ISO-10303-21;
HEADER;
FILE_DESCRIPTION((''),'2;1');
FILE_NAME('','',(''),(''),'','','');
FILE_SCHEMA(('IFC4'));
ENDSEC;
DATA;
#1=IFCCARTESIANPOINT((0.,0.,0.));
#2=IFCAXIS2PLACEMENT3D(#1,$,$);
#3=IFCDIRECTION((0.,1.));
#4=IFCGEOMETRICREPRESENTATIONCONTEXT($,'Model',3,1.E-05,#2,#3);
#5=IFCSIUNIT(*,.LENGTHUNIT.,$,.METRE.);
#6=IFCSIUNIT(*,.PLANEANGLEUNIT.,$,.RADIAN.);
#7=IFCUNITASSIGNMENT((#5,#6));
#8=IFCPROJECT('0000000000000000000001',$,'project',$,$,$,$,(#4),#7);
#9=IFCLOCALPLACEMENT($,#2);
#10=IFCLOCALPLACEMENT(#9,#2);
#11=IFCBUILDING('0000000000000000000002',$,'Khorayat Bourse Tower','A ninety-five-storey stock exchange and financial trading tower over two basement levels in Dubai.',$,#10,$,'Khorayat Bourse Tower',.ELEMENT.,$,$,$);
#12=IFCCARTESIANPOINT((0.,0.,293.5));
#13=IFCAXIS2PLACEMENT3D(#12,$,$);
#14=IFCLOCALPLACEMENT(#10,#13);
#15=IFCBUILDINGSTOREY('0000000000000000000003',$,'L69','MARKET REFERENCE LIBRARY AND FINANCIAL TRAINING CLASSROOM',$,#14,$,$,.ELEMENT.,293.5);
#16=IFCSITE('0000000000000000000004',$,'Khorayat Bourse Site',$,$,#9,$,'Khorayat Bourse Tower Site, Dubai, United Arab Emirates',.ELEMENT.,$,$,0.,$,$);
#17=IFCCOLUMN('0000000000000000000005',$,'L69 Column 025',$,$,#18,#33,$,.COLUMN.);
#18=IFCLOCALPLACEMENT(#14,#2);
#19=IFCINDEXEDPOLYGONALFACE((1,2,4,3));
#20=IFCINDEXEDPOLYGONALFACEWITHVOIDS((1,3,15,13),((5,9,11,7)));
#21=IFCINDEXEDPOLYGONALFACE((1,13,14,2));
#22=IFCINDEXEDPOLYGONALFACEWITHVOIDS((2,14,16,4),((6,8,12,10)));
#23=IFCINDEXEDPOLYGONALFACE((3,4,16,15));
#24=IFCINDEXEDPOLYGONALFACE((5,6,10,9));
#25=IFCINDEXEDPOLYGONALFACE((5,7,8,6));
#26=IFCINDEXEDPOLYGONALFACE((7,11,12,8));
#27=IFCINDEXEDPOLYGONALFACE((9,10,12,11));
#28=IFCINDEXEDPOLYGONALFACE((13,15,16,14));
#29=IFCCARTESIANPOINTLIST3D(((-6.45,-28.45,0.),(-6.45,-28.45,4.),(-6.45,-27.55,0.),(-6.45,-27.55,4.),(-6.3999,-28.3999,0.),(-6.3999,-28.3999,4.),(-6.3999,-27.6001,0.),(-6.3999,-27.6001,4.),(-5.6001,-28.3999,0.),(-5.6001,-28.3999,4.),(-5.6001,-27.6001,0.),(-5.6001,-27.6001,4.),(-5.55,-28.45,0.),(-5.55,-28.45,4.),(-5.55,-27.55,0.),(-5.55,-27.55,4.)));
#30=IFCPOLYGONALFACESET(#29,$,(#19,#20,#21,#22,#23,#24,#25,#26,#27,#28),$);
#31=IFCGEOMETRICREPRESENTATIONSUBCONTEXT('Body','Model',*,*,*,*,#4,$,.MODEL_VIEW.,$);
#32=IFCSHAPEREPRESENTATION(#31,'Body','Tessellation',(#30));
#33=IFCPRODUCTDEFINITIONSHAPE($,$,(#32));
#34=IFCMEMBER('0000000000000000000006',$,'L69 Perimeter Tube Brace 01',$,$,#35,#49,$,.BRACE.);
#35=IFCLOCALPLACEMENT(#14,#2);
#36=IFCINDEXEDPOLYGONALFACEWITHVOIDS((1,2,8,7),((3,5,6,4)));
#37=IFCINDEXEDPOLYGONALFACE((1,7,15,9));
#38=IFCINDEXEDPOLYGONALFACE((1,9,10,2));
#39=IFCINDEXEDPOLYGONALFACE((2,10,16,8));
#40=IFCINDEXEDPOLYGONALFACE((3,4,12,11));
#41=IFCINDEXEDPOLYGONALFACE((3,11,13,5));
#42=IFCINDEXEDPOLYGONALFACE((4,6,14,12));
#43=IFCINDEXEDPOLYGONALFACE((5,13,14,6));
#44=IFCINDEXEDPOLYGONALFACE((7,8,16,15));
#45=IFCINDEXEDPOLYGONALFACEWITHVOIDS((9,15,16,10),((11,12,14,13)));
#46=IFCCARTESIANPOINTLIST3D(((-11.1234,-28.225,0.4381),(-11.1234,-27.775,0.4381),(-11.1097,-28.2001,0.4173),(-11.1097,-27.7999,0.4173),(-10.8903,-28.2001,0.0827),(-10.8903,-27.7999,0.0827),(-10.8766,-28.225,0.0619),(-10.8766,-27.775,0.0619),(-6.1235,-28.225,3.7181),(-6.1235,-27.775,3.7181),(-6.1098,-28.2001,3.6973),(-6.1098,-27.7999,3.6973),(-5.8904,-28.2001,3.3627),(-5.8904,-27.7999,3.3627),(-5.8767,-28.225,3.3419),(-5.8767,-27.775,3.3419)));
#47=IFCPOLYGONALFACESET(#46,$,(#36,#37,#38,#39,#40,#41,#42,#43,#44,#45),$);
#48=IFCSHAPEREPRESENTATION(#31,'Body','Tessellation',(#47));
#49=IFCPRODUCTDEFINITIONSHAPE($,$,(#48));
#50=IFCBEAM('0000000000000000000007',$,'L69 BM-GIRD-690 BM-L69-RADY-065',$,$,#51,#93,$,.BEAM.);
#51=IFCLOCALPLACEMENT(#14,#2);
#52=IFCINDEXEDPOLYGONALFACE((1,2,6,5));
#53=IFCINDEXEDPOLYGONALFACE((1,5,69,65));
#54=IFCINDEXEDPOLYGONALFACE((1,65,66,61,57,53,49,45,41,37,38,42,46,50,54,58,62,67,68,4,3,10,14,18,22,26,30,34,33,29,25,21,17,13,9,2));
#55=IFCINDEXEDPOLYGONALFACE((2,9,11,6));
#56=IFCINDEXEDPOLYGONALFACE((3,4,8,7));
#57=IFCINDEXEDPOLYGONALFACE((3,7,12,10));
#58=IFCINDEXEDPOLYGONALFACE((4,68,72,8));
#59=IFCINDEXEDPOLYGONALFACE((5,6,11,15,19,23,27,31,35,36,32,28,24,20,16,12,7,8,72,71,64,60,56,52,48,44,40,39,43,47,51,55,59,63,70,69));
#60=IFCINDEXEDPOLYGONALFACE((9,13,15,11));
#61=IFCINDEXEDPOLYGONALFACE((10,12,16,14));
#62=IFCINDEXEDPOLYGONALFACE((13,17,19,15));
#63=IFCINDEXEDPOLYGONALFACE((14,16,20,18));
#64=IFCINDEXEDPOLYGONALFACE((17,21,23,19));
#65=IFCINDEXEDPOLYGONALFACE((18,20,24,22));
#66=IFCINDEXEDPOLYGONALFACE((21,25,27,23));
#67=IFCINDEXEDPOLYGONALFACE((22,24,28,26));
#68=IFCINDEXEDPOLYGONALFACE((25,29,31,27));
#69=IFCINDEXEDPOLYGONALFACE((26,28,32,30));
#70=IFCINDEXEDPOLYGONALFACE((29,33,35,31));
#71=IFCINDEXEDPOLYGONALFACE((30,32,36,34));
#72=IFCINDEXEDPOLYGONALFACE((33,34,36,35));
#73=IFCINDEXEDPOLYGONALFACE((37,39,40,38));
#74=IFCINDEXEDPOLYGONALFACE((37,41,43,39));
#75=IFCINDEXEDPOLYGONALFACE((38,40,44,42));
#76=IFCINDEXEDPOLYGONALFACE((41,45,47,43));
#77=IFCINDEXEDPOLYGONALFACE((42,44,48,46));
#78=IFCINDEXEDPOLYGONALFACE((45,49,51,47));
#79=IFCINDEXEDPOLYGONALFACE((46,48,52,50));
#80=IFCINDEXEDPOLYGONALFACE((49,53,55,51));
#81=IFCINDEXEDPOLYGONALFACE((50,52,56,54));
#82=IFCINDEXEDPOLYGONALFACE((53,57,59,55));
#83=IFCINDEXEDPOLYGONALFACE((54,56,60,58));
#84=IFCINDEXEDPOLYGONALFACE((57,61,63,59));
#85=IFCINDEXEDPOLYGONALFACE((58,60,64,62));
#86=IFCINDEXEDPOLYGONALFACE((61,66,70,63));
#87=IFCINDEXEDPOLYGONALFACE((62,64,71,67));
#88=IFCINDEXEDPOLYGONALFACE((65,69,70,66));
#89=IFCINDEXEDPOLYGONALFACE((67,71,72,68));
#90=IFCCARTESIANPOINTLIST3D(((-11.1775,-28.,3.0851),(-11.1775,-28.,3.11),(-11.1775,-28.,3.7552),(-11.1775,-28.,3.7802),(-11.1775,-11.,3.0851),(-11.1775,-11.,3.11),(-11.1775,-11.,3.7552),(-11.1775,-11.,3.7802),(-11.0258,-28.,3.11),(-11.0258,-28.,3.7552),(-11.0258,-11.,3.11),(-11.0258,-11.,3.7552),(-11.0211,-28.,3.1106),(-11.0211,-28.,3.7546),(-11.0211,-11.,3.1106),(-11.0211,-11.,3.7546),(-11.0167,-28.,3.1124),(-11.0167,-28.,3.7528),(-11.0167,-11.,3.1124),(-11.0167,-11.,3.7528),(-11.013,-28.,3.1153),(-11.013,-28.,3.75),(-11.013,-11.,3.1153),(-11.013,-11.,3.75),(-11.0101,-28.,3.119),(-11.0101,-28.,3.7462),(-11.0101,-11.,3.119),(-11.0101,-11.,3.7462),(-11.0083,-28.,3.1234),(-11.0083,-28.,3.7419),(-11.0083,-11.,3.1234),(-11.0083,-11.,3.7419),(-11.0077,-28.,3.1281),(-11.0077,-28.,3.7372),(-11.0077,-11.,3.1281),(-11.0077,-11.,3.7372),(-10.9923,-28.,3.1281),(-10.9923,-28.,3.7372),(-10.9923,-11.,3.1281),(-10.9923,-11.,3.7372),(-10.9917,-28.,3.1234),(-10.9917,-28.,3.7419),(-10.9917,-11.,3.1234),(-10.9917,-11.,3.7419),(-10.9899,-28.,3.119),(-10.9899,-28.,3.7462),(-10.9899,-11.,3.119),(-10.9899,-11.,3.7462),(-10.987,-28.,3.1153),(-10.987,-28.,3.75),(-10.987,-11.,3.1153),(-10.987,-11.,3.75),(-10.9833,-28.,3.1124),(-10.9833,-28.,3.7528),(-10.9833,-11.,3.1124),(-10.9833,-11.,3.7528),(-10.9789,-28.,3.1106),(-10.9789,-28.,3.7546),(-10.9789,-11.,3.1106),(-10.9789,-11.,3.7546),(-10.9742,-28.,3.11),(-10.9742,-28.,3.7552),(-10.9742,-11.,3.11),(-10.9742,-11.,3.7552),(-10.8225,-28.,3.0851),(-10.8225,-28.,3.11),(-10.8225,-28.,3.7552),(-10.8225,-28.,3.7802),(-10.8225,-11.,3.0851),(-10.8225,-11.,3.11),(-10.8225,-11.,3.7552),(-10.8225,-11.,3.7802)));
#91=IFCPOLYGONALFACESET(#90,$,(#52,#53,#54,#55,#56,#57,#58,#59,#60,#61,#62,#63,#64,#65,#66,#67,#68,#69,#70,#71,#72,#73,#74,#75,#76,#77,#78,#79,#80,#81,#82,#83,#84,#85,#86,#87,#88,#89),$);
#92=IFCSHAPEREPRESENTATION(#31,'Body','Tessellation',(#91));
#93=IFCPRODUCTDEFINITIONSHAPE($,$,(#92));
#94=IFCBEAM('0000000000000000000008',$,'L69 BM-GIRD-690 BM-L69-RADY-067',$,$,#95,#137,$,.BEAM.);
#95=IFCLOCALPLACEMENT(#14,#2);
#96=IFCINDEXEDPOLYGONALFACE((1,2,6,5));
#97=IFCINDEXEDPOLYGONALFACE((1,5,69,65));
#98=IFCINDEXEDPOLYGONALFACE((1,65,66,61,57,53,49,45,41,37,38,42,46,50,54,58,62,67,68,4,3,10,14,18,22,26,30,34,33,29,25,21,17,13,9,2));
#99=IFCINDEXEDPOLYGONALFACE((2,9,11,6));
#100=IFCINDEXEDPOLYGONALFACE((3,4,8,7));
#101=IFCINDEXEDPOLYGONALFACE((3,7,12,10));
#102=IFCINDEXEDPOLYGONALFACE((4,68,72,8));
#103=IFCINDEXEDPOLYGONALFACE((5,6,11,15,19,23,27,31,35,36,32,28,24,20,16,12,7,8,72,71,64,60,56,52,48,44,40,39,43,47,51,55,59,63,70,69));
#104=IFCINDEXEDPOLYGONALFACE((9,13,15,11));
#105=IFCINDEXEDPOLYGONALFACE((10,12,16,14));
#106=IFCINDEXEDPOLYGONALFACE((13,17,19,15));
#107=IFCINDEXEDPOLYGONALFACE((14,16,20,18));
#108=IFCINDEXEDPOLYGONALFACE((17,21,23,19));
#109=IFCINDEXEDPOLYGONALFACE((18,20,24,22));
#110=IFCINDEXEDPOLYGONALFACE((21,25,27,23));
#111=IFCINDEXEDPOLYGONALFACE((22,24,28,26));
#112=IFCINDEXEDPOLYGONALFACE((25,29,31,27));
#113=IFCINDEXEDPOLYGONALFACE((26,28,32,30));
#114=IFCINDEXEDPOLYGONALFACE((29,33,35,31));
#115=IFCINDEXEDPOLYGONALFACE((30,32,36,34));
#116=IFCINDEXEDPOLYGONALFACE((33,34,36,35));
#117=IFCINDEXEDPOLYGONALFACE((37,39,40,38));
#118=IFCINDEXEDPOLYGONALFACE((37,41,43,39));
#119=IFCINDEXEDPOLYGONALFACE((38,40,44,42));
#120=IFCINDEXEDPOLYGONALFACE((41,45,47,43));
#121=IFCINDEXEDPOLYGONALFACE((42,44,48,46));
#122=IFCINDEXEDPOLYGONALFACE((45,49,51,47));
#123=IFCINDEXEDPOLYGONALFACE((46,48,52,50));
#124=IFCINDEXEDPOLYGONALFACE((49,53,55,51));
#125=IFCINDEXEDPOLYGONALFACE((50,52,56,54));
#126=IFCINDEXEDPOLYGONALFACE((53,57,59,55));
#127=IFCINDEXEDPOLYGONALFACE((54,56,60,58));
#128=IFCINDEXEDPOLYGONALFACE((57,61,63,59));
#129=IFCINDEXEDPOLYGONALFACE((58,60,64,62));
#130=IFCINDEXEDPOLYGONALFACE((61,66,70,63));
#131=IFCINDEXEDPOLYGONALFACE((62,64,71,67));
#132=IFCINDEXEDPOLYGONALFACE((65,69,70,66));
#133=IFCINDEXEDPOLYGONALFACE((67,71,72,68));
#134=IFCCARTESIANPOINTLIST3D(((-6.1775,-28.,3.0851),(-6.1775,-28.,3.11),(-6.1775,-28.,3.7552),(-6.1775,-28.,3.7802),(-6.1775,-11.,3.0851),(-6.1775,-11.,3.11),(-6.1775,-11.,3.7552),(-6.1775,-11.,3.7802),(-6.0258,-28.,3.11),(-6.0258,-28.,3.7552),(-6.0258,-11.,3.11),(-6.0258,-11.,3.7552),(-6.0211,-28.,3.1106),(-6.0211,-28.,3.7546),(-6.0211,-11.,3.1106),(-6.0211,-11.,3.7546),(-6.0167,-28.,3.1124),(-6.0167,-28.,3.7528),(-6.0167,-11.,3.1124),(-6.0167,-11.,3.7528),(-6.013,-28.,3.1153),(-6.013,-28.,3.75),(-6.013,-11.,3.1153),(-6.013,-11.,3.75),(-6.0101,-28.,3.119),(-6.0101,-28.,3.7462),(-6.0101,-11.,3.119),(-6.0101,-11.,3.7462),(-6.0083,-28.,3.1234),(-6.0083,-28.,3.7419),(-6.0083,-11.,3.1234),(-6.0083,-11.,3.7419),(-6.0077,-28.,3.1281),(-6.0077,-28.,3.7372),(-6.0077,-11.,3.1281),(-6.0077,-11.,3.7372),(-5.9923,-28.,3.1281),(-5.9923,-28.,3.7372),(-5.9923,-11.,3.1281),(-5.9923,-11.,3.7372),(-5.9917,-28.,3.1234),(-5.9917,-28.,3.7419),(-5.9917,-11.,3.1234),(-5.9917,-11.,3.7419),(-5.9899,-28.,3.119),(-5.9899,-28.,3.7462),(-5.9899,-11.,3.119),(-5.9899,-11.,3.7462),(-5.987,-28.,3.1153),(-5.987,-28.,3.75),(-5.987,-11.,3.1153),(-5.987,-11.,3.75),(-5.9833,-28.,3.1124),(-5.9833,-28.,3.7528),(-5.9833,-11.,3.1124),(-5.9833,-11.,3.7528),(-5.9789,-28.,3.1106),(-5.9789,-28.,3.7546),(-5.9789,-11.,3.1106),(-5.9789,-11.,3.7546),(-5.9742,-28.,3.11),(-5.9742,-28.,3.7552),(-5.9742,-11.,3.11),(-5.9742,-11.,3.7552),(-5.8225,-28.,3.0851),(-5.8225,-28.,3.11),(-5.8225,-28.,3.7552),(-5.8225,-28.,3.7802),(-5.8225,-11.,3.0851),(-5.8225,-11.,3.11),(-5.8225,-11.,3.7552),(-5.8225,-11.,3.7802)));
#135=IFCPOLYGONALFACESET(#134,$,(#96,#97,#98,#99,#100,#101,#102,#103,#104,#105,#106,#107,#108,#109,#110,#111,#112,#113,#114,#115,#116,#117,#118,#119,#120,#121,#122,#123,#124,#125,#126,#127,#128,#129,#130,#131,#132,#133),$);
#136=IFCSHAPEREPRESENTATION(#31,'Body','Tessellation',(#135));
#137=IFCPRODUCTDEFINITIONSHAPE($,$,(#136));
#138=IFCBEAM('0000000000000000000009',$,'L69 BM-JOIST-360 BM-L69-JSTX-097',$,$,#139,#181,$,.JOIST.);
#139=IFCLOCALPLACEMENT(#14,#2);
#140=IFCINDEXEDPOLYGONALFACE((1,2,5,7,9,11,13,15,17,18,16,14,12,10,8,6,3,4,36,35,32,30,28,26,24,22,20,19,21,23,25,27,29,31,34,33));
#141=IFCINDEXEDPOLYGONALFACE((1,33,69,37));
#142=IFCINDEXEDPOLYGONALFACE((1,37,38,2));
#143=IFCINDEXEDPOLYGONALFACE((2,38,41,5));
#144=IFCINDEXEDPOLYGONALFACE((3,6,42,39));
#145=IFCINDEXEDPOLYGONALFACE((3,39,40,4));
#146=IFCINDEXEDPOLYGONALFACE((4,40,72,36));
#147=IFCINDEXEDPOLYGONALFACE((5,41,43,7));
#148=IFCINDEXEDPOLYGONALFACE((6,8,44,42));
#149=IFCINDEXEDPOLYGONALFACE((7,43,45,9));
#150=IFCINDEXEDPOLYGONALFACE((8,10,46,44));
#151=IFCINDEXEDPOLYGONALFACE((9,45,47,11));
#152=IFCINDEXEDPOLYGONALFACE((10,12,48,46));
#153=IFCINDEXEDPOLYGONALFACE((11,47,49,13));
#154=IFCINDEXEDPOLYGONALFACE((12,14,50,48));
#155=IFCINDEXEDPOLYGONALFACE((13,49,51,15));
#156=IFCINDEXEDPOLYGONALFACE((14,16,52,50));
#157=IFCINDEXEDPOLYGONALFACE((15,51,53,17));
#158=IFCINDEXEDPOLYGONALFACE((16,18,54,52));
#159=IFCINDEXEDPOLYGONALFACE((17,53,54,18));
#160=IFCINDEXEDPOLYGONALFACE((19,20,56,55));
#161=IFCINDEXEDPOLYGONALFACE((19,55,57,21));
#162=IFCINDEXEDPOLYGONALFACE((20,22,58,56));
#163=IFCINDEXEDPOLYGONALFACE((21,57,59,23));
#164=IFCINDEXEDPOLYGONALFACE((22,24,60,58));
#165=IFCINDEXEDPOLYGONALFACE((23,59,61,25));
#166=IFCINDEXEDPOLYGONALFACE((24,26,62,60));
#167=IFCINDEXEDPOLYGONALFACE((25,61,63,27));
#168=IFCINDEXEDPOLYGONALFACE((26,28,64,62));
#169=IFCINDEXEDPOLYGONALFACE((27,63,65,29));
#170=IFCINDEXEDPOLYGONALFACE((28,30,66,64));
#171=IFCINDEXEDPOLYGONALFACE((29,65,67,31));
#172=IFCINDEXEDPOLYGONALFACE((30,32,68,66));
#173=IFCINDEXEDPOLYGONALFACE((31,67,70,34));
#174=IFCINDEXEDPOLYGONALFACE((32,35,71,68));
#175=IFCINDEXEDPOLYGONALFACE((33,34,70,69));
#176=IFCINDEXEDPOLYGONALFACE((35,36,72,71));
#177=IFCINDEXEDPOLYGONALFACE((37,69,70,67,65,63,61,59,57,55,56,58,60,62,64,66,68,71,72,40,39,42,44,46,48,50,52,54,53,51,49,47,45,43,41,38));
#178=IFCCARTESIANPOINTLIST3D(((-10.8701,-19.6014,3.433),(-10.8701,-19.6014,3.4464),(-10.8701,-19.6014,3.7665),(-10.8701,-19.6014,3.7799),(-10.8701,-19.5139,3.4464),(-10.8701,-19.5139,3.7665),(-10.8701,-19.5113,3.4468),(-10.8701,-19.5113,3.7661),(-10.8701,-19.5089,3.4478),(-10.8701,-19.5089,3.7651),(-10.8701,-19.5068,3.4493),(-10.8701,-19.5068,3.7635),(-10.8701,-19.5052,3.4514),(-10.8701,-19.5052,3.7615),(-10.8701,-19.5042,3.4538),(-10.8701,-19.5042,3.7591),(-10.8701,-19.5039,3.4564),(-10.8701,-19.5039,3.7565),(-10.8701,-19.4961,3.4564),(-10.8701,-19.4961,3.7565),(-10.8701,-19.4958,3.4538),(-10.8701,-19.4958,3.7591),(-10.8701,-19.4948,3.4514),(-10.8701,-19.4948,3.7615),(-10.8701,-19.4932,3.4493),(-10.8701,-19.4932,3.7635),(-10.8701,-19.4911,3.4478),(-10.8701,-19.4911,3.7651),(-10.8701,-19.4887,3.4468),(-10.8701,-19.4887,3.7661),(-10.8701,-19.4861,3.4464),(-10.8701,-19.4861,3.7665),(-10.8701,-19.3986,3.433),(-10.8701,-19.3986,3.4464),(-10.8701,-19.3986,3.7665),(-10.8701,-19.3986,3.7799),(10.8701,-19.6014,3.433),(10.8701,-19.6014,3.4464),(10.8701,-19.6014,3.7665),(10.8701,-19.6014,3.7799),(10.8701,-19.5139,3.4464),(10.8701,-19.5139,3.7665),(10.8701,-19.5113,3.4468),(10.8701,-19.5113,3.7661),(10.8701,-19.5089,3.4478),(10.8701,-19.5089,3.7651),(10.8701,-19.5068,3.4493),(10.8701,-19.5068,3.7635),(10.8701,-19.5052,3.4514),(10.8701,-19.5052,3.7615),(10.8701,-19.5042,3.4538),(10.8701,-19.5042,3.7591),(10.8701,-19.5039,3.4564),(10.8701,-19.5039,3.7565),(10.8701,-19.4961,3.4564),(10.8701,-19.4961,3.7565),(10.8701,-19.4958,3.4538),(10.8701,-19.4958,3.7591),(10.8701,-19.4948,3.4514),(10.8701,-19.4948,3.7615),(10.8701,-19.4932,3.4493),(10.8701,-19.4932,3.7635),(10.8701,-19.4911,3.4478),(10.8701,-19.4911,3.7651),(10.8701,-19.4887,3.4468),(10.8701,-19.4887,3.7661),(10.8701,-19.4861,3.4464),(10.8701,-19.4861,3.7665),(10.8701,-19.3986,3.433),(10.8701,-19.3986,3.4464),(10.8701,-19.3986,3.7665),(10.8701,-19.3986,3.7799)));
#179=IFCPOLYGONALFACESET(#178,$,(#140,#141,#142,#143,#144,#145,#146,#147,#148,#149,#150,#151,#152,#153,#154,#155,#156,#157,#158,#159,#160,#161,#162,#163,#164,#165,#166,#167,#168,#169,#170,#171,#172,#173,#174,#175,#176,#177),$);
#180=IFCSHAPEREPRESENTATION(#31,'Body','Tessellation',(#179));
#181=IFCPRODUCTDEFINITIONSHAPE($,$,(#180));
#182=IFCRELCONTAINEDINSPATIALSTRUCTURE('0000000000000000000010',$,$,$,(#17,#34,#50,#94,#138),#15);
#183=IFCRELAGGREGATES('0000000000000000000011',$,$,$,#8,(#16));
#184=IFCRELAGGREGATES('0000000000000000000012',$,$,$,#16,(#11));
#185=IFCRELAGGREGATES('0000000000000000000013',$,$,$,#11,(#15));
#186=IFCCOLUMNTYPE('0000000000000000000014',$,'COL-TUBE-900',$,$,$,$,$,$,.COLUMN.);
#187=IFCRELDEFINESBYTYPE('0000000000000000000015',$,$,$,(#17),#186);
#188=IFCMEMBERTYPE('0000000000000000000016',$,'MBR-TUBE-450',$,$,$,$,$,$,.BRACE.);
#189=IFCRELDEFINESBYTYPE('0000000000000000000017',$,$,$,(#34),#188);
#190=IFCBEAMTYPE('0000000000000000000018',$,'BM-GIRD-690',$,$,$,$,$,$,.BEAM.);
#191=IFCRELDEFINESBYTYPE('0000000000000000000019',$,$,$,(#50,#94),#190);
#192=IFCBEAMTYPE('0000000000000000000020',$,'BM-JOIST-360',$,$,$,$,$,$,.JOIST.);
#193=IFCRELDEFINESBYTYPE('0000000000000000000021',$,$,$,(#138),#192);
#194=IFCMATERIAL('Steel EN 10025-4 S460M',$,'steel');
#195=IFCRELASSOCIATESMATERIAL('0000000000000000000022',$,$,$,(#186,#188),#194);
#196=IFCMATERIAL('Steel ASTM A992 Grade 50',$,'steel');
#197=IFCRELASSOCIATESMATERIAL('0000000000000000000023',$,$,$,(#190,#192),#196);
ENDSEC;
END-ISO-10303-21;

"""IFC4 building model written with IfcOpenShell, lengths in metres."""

from ifc_helpers import new_model, si_unit, direction, frame, origin, origin_2d, place, context, subcontext, project, spatial, hollow_rectangle, i_section, extrude, source, transform, mapped, material, material_profile, profile_set, type_object, element, save


model = new_model("IFC4")

# Units and contexts
model_context = context("Model", 3, precision=1e-05, world=origin(), true_north=direction((0.0, 1.0)))
body_context = subcontext(model_context, "Body", "Model", "MODEL_VIEW")
ifc_project = project(units=[si_unit("LENGTHUNIT", "METRE"), si_unit("PLANEANGLEUNIT", "RADIAN")], contexts=[model_context])

# Site, building, storey
site_placement = place(None, origin())
site = spatial("IfcSite", under=ifc_project, at=site_placement, Name="Khorayat Bourse Site", LongName="Khorayat Bourse Tower Site, Dubai, United Arab Emirates", CompositionType="ELEMENT", RefElevation=0.0)
building_placement = place(site_placement, origin())
building = spatial("IfcBuilding", under=site, at=building_placement, Name="Khorayat Bourse Tower", Description="A ninety-five-storey stock exchange and financial trading tower over two basement levels in Dubai.", LongName="Khorayat Bourse Tower", CompositionType="ELEMENT")
storey_placement = place(building_placement, frame((0.0, 0.0, 293.5)))
storey = spatial("IfcBuildingStorey", under=building, at=storey_placement, Name="L69", Description="MARKET REFERENCE LIBRARY AND FINANCIAL TRAINING CLASSROOM", CompositionType="ELEMENT", Elevation=293.5)

# Column
ifc_material_1 = material(Name="Steel EN 10025-4 S460M", Category="steel")
ifc_material_profile_1 = material_profile(ifc_material_1, hollow_rectangle(XDim=0.8999, YDim=0.8999, WallThickness=0.05, at=origin_2d()), Name="BOX 900x900x50")
ifc_profile_set_1 = profile_set([ifc_material_profile_1], Name="Steel EN 10025-4 S460M")
column_type = type_object("IfcColumnType", Name="COL-TUBE-900", PredefinedType="COLUMN", material=ifc_profile_set_1)
shared_shape_1 = source(origin(), body_context, "Body", "SweptSolid", [
    extrude(hollow_rectangle(XDim=0.8999, YDim=0.8999, WallThickness=0.05, at=origin_2d()), origin(), (0.0, 0.0, 1.0), 4.0),
])
column_placement = place(storey_placement, frame((-6.0, -28.0, 0.0), z_axis=(0.0, 0.0, 1.0), x_axis=(1.0, 0.0, 0.0)))
element("IfcColumn", 1, at=column_placement, inside=storey, type_object=column_type, Name="L69 Column 025", PredefinedType="COLUMN", context=body_context, shape_type="MappedRepresentation", body=[
    mapped(shared_shape_1, transform((0.0, 0.0, 0.0), scale=1.0)),
])

# Member
ifc_material_profile_2 = material_profile(ifc_material_1, hollow_rectangle(XDim=0.45, YDim=0.45, WallThickness=0.0249, at=origin_2d()), Name="HSS 450x450x25")
ifc_profile_set_2 = profile_set([ifc_material_profile_2], Name="Steel EN 10025-4 S460M")
member_type = type_object("IfcMemberType", Name="MBR-TUBE-450", PredefinedType="BRACE", material=ifc_profile_set_2)
shared_shape_2 = source(origin(), body_context, "Body", "SweptSolid", [
    extrude(hollow_rectangle(XDim=0.45, YDim=0.45, WallThickness=0.0249, at=origin_2d()), origin(), (0.0, 0.0, 1.0), 5.9797),
])
member_placement = place(storey_placement, frame((-11.0, -28.0, 0.25), z_axis=(0.836142, 0.0, 0.548514), x_axis=(0.0, 1.0, 0.0)))
element("IfcMember", 2, at=member_placement, inside=storey, type_object=member_type, Name="L69 Perimeter Tube Brace 01", PredefinedType="BRACE", context=body_context, shape_type="MappedRepresentation", body=[
    mapped(shared_shape_2, transform((0.0, 0.0, 0.0), scale=1.0)),
])

# Beams
ifc_material_2 = material(Name="Steel ASTM A992 Grade 50", Category="steel")
ifc_material_profile_3 = material_profile(ifc_material_2, i_section(OverallWidth=0.355, OverallDepth=0.6951, WebThickness=0.0154, FlangeThickness=0.0249, FilletRadius=0.0181, at=origin_2d()), Name="W690X217")
ifc_profile_set_3 = profile_set([ifc_material_profile_3], Name="Steel ASTM A992 Grade 50")
beam_type_1 = type_object("IfcBeamType", Name="BM-GIRD-690", PredefinedType="BEAM", material=ifc_profile_set_3)
shared_shape_3 = source(origin(), body_context, "Body", "SweptSolid", [
    extrude(i_section(OverallWidth=0.355, OverallDepth=0.6951, WebThickness=0.0154, FlangeThickness=0.0249, FilletRadius=0.0181, at=origin_2d()), origin(), (0.0, 0.0, 1.0), 17.0),
])
for number, where, z_axis, x_axis, name in (
    (3, (-11.0, -28.0, 3.4326), (0.0, 1.0, 0.0), (-1.0, 0.0, 0.0), "L69 BM-GIRD-690 BM-L69-RADY-065"),
    (4, (-6.0, -28.0, 3.4326), (0.0, 1.0, 0.0), (-1.0, 0.0, 0.0), "L69 BM-GIRD-690 BM-L69-RADY-067"),
):
    element("IfcBeam", number, at=place(storey_placement, frame(where, z_axis=z_axis, x_axis=x_axis)), inside=storey, type_object=beam_type_1, Name=name, PredefinedType="BEAM", context=body_context, shape_type="MappedRepresentation", body=[
        mapped(shared_shape_3, transform((0.0, 0.0, 0.0), scale=1.0)),
    ])
ifc_material_profile_4 = material_profile(ifc_material_2, i_section(OverallWidth=0.2029, OverallDepth=0.3469, WebThickness=0.0078, FlangeThickness=0.0134, FilletRadius=0.01, at=origin_2d()), Name="W360X64")
ifc_profile_set_4 = profile_set([ifc_material_profile_4], Name="Steel ASTM A992 Grade 50")
beam_type_2 = type_object("IfcBeamType", Name="BM-JOIST-360", PredefinedType="JOIST", material=ifc_profile_set_4)
shared_shape_4 = source(origin(), body_context, "Body", "SweptSolid", [
    extrude(i_section(OverallWidth=0.2029, OverallDepth=0.3469, WebThickness=0.0078, FlangeThickness=0.0134, FilletRadius=0.01, at=origin_2d()), origin(), (0.0, 0.0, 1.0), 21.7402),
])
beam_1_placement = place(storey_placement, frame((-10.8701, -19.5, 3.6064), z_axis=(1.0, 0.0, 0.0), x_axis=(0.0, 1.0, 0.0)))
element("IfcBeam", 5, at=beam_1_placement, inside=storey, type_object=beam_type_2, Name="L69 BM-JOIST-360 BM-L69-JSTX-097", PredefinedType="JOIST", context=body_context, shape_type="MappedRepresentation", body=[
    mapped(shared_shape_4, transform((0.0, 0.0, 0.0), scale=1.0)),
])

save(model, "model.ifc")
